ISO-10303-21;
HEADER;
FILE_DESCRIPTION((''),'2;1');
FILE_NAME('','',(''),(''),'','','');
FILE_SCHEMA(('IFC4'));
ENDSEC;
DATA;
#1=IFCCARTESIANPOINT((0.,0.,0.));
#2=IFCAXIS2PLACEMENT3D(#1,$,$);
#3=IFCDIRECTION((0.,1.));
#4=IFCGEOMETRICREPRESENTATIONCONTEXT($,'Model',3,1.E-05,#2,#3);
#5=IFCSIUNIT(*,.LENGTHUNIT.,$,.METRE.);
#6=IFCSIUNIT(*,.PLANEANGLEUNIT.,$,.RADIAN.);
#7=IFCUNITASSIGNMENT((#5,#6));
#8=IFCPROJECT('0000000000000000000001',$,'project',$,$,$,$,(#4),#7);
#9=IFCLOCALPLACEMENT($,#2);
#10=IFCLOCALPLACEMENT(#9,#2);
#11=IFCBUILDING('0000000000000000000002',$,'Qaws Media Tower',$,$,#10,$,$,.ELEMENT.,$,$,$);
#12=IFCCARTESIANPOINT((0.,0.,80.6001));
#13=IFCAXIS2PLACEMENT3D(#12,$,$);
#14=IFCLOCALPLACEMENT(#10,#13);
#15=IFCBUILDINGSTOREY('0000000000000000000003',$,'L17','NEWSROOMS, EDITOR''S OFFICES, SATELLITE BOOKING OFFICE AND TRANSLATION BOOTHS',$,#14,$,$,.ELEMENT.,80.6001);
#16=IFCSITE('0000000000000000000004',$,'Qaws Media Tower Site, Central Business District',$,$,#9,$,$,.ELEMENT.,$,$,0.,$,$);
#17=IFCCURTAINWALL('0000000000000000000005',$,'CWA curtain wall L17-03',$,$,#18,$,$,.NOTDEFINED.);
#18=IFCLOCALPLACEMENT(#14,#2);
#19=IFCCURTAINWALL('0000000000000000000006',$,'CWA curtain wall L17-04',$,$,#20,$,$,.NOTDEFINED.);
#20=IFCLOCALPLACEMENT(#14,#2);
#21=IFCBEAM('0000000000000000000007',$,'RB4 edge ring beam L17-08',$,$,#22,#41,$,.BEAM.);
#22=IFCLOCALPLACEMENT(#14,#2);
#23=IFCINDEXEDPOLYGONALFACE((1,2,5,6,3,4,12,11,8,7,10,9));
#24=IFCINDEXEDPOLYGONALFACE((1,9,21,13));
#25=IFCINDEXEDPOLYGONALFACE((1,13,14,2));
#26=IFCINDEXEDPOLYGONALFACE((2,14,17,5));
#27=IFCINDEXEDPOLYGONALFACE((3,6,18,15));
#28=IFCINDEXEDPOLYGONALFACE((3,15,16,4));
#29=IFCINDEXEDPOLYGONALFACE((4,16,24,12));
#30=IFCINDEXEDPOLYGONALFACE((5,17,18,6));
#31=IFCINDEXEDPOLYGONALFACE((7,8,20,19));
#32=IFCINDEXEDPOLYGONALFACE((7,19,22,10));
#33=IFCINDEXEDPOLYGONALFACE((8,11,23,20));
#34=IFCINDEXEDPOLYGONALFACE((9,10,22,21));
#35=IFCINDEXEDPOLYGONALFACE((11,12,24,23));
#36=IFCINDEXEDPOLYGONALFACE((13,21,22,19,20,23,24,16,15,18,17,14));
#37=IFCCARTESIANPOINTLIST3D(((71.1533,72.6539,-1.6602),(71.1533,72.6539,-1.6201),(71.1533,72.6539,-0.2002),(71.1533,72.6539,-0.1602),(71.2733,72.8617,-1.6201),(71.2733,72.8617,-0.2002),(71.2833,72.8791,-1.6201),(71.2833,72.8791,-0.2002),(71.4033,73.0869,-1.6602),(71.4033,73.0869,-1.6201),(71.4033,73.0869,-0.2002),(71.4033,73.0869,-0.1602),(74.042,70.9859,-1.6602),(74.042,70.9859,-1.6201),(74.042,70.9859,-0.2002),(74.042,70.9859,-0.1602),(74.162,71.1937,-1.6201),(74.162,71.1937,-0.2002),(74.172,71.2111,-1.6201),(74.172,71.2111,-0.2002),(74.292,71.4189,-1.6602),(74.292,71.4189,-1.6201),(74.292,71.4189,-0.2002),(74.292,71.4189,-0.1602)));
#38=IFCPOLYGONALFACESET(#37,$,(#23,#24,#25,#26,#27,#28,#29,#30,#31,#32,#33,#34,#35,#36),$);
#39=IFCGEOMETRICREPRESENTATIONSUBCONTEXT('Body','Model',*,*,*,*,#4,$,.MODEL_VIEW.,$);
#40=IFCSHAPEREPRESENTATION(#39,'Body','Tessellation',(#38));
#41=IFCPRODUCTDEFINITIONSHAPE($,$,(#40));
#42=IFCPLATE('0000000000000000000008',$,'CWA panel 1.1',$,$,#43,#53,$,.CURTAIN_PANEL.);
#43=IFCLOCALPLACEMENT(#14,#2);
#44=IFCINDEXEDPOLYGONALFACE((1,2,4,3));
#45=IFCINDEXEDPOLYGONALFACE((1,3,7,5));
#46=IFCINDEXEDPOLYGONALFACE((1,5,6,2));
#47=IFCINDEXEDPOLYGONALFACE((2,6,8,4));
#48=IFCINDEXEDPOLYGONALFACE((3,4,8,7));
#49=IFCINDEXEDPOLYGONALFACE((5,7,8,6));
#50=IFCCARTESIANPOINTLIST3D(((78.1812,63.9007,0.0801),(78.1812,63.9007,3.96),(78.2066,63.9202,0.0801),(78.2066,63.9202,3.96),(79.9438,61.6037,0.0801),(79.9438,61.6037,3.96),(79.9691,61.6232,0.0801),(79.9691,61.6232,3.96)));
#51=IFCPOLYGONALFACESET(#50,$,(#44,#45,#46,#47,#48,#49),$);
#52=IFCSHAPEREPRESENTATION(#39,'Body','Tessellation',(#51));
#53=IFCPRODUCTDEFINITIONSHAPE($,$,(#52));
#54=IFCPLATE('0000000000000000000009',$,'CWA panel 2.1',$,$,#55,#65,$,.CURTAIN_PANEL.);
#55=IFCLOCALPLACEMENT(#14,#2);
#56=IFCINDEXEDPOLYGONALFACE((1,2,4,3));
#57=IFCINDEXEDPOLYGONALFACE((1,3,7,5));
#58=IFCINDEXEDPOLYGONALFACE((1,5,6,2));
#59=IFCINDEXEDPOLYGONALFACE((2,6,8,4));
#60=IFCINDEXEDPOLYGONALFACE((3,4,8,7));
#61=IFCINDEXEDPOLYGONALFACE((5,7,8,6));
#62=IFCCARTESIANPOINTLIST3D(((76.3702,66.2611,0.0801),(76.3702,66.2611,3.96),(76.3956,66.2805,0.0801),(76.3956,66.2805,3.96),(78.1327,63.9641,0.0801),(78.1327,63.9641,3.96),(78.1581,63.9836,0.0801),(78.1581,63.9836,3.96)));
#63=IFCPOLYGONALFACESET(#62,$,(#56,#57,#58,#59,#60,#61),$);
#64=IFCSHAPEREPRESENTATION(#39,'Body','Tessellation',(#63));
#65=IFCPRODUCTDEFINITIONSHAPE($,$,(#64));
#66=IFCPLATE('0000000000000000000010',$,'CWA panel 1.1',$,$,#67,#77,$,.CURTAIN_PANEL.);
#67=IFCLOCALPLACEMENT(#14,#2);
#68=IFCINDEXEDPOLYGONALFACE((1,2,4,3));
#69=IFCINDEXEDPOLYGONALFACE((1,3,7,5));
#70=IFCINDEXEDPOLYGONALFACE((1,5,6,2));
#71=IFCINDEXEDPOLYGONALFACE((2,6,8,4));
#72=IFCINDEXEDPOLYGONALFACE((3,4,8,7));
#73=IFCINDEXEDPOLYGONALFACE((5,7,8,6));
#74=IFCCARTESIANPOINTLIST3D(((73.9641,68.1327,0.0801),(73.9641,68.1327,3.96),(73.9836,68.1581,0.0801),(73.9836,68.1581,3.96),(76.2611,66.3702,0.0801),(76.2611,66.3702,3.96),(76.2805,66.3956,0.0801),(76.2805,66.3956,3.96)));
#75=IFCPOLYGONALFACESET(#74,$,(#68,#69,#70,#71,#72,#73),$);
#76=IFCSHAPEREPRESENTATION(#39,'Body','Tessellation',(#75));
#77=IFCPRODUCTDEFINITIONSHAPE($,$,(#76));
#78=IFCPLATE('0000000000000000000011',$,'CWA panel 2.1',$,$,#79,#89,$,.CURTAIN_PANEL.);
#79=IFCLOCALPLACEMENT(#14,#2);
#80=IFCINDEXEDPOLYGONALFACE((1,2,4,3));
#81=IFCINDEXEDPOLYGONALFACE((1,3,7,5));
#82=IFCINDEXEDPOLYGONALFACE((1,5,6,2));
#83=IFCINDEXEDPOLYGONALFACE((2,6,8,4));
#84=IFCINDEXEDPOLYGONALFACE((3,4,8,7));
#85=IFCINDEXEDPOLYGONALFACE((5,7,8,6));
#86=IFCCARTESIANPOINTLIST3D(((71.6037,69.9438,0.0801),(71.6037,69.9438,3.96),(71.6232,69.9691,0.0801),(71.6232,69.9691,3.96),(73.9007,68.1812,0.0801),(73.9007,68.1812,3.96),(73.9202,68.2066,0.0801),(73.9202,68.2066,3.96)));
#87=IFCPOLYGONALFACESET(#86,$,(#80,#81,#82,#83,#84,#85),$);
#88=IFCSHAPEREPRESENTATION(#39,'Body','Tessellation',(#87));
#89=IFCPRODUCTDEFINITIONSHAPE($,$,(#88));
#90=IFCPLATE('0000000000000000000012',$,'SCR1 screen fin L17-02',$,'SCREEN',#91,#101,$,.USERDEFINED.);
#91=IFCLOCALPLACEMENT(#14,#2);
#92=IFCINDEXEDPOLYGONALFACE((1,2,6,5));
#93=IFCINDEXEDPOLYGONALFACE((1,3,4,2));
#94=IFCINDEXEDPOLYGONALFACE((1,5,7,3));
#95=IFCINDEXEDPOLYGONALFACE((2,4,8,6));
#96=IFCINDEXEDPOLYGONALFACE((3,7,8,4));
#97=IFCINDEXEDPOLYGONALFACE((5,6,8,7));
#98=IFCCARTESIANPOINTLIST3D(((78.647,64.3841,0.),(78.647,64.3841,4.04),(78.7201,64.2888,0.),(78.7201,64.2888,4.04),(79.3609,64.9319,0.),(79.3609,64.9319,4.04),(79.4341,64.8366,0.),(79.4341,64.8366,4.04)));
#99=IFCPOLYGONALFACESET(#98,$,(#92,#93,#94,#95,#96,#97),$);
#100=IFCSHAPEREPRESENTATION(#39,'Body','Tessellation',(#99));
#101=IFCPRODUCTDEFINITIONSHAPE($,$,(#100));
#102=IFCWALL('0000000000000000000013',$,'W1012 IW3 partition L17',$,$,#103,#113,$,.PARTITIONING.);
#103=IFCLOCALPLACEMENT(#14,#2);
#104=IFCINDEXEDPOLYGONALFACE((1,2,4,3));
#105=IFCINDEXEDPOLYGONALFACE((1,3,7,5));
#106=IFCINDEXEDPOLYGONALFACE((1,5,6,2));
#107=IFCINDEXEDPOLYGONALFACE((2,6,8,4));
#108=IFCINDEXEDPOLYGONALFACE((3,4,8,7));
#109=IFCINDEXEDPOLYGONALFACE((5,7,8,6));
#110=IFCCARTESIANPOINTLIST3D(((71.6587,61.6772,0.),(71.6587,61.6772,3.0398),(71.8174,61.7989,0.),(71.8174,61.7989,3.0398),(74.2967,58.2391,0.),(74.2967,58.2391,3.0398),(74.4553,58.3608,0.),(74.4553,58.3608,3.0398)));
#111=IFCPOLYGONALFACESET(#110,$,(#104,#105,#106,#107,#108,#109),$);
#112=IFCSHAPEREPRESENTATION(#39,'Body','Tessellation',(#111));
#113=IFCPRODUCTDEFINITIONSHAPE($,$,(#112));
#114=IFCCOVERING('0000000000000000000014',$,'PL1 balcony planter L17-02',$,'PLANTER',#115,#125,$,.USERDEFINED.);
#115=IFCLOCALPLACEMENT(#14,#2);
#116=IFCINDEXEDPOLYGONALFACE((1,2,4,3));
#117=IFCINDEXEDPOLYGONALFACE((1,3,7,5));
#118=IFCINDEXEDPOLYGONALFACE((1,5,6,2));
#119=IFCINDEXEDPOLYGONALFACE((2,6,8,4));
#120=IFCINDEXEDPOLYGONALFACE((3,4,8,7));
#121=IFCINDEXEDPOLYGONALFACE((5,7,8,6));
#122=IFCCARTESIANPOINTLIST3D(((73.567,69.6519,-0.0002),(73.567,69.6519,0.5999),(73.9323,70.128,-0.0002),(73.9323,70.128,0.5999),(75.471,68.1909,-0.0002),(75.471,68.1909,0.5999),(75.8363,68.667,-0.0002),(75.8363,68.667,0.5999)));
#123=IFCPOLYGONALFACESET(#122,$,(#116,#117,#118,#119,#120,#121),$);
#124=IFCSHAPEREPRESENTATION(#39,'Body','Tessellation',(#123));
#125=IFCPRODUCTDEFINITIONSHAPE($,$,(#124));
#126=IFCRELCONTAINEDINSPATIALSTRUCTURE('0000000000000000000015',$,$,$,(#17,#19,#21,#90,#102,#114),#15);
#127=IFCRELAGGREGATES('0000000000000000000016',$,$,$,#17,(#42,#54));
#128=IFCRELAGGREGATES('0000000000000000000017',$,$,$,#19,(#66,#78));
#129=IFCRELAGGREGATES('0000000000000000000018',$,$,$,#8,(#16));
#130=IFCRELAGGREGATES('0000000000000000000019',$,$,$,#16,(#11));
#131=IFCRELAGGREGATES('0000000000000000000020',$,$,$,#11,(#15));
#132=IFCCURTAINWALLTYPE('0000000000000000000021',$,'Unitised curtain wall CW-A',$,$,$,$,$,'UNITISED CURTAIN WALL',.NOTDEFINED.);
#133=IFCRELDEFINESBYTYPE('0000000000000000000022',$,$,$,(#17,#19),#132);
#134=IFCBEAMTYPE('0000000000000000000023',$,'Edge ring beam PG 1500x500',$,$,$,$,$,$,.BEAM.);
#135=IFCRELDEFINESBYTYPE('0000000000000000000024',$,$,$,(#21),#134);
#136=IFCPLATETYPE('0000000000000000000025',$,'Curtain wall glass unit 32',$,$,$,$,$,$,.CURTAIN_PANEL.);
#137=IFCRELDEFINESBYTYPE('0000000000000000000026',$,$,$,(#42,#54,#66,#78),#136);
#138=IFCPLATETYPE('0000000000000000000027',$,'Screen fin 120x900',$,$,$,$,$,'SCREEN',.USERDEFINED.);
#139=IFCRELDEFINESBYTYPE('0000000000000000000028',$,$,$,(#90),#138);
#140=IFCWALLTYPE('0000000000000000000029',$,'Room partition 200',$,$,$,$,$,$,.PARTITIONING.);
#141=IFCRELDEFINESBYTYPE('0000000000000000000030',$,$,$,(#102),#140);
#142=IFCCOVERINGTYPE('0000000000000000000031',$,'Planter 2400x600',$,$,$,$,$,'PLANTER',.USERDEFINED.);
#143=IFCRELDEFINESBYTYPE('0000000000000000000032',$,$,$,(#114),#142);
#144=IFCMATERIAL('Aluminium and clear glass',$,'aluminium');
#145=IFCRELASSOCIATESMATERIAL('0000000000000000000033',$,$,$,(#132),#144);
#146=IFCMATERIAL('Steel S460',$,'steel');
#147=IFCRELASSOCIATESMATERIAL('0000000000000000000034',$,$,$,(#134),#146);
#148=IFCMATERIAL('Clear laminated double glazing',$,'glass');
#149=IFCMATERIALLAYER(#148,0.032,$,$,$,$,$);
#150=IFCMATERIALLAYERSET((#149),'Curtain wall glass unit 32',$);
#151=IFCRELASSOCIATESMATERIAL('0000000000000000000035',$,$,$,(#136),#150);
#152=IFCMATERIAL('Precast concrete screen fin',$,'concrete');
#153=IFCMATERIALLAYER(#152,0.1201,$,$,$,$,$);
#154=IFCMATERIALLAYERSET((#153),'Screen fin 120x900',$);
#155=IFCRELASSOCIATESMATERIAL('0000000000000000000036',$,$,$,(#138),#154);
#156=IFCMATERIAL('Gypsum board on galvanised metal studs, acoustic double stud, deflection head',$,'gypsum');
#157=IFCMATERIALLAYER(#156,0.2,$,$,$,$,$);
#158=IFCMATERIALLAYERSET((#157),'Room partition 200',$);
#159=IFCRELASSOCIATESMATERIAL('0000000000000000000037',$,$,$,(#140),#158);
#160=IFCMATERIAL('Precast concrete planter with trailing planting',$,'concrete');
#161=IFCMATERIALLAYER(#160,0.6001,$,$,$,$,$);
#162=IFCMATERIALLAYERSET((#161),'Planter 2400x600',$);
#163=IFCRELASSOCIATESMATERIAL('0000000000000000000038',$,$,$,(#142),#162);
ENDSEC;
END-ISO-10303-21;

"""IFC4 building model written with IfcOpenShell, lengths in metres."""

from ifc_helpers import new_model, si_unit, direction, frame, frame_2d, origin, origin_2d, place, context, subcontext, project, spatial, rectangle, i_section, extrude, material, layer, layer_set, material_profile, profile_set, type_object, element, aggregate, save


model = new_model("IFC4")

# Units and contexts
model_context = context("Model", 3, precision=1e-05, world=origin(), true_north=direction((0.0, 1.0)))
body_context = subcontext(model_context, "Body", "Model", "MODEL_VIEW")
ifc_project = project(units=[si_unit("LENGTHUNIT", "METRE"), si_unit("PLANEANGLEUNIT", "RADIAN")], contexts=[model_context])

# Site, building, storey
site_placement = place(None, origin())
site = spatial("IfcSite", under=ifc_project, at=site_placement, Name="Qaws Media Tower Site, Central Business District", CompositionType="ELEMENT", RefElevation=0.0)
building_placement = place(site_placement, origin())
building = spatial("IfcBuilding", under=site, at=building_placement, Name="Qaws Media Tower", CompositionType="ELEMENT")
storey_placement = place(building_placement, frame((0.0, 0.0, 80.6001)))
storey = spatial("IfcBuildingStorey", under=building, at=storey_placement, Name="L17", Description="NEWSROOMS, EDITOR'S OFFICES, SATELLITE BOOKING OFFICE AND TRANSLATION BOOTHS", CompositionType="ELEMENT", Elevation=80.6001)

# Shared definitions
ifc_material_1 = material(Name="Aluminium and clear glass", Category="aluminium")
curtain_wall_type = type_object("IfcCurtainWallType", Name="Unitised curtain wall CW-A", ElementType="UNITISED CURTAIN WALL", PredefinedType="NOTDEFINED", material=ifc_material_1)

# Curtain walls
curtain_wall_1_placement = place(storey_placement, origin())
curtain_wall_1 = element("IfcCurtainWall", 1, at=curtain_wall_1_placement, inside=storey, type_object=curtain_wall_type, Name="CWA curtain wall L17-03", PredefinedType="NOTDEFINED")
curtain_wall_2_placement = place(storey_placement, origin())
curtain_wall_2 = element("IfcCurtainWall", 2, at=curtain_wall_2_placement, inside=storey, type_object=curtain_wall_type, Name="CWA curtain wall L17-04", PredefinedType="NOTDEFINED")

# Beam
ifc_material_2 = material(Name="Steel S460", Category="steel")
ifc_material_profile_1 = material_profile(ifc_material_2, i_section(OverallWidth=0.5, OverallDepth=1.5, WebThickness=0.02, FlangeThickness=0.04, at=origin_2d()), Name="PG 1500x500")
ifc_profile_set_1 = profile_set([ifc_material_profile_1], Name="Steel S460")
beam_type = type_object("IfcBeamType", Name="Edge ring beam PG 1500x500", PredefinedType="BEAM", material=ifc_profile_set_1)
beam_1_placement = place(storey_placement, frame((74.167, 71.2024, -0.9102), z_axis=(-0.866, 0.500043, 0.0), x_axis=(-0.500043, -0.866, 0.0)))
element("IfcBeam", 3, at=beam_1_placement, inside=storey, type_object=beam_type, Name="RB4 edge ring beam L17-08", PredefinedType="BEAM", context=body_context, shape_type="SweptSolid", body=[
    extrude(i_section(OverallWidth=0.5, OverallDepth=1.5, WebThickness=0.02, FlangeThickness=0.04, at=origin_2d()), origin(), (0.0, 0.0, 1.0), 3.3357),
])

# Plates
ifc_material_3 = material(Name="Clear laminated double glazing", Category="glass")
ifc_layer_1 = layer(ifc_material_3, 0.032)
ifc_layer_set_1 = layer_set([ifc_layer_1], Name="Curtain wall glass unit 32")
plate_type_1 = type_object("IfcPlateType", Name="Curtain wall glass unit 32", PredefinedType="CURTAIN_PANEL", material=ifc_layer_set_1)
plate_1_placement = place(storey_placement, frame((79.0752, 62.762, 0.0801), z_axis=(0.0, 0.0, 1.0), x_axis=(-0.608761, 0.793353, 0.0)))
plate_1 = element("IfcPlate", 4, at=plate_1_placement, type_object=plate_type_1, Name="CWA panel 1.1", PredefinedType="CURTAIN_PANEL", context=body_context, shape_type="SweptSolid", body=[
    extrude(rectangle(XDim=2.8953, YDim=0.032, at=origin_2d()), origin(), (0.0, 0.0, 1.0), 3.8799),
])
plate_2_placement = place(storey_placement, frame((77.2642, 65.1223, 0.0801), z_axis=(0.0, 0.0, 1.0), x_axis=(-0.608761, 0.793353, 0.0)))
plate_2 = element("IfcPlate", 5, at=plate_2_placement, type_object=plate_type_1, Name="CWA panel 2.1", PredefinedType="CURTAIN_PANEL", context=body_context, shape_type="SweptSolid", body=[
    extrude(rectangle(XDim=2.8953, YDim=0.032, at=origin_2d()), origin(), (0.0, 0.0, 1.0), 3.8799),
])
aggregate(curtain_wall_1, [plate_1, plate_2])
plate_3_placement = place(storey_placement, frame((75.1223, 67.2642, 0.0801), z_axis=(0.0, 0.0, 1.0), x_axis=(-0.793353, 0.608761, 0.0)))
plate_3 = element("IfcPlate", 6, at=plate_3_placement, type_object=plate_type_1, Name="CWA panel 1.1", PredefinedType="CURTAIN_PANEL", context=body_context, shape_type="SweptSolid", body=[
    extrude(rectangle(XDim=2.8953, YDim=0.032, at=origin_2d()), origin(), (0.0, 0.0, 1.0), 3.8799),
])
plate_4_placement = place(storey_placement, frame((72.762, 69.0752, 0.0801), z_axis=(0.0, 0.0, 1.0), x_axis=(-0.793353, 0.608761, 0.0)))
plate_4 = element("IfcPlate", 7, at=plate_4_placement, type_object=plate_type_1, Name="CWA panel 2.1", PredefinedType="CURTAIN_PANEL", context=body_context, shape_type="SweptSolid", body=[
    extrude(rectangle(XDim=2.8953, YDim=0.032, at=origin_2d()), origin(), (0.0, 0.0, 1.0), 3.8799),
])
aggregate(curtain_wall_2, [plate_3, plate_4])
ifc_material_4 = material(Name="Precast concrete screen fin", Category="concrete")
ifc_layer_2 = layer(ifc_material_4, 0.1201)
ifc_layer_set_2 = layer_set([ifc_layer_2], Name="Screen fin 120x900")
plate_type_2 = type_object("IfcPlateType", Name="Screen fin 120x900", ElementType="SCREEN", PredefinedType="USERDEFINED", material=ifc_layer_set_2)
plate_5_placement = place(storey_placement, frame((79.0405, 64.6104, 0.0), z_axis=(0.0, 0.0, 1.0), x_axis=(0.793353, 0.608761, 0.0)))
element("IfcPlate", 8, at=plate_5_placement, inside=storey, type_object=plate_type_2, Name="SCR1 screen fin L17-02", ObjectType="SCREEN", PredefinedType="USERDEFINED", context=body_context, shape_type="SweptSolid", body=[
    extrude(rectangle(XDim=0.8999, YDim=0.1201, at=origin_2d()), origin(), (0.0, 0.0, 1.0), 4.04),
])

# Wall
ifc_material_5 = material(Name="Gypsum board on galvanised metal studs, acoustic double stud, deflection head", Category="gypsum")
ifc_layer_3 = layer(ifc_material_5, 0.2)
ifc_layer_set_3 = layer_set([ifc_layer_3], Name="Room partition 200")
wall_type = type_object("IfcWallType", Name="Room partition 200", PredefinedType="PARTITIONING", material=ifc_layer_set_3)
wall_placement = place(storey_placement, frame((71.738, 61.738, 0.0), z_axis=(0.0, 0.0, 1.0), x_axis=(0.608744, -0.793367, 0.0)))
element("IfcWall", 9, at=wall_placement, inside=storey, type_object=wall_type, Name="W1012 IW3 partition L17", PredefinedType="PARTITIONING", context=body_context, shape_type="SweptSolid", body=[
    extrude(rectangle(XDim=4.3335, YDim=0.2, at=frame_2d((2.1667, 0.0))), origin(), (0.0, 0.0, 1.0), 3.0398),
])

# Covering
ifc_material_6 = material(Name="Precast concrete planter with trailing planting", Category="concrete")
ifc_layer_4 = layer(ifc_material_6, 0.6001)
ifc_layer_set_4 = layer_set([ifc_layer_4], Name="Planter 2400x600")
covering_type = type_object("IfcCoveringType", Name="Planter 2400x600", ElementType="PLANTER", PredefinedType="USERDEFINED", material=ifc_layer_set_4)
covering_placement = place(storey_placement, frame((74.7017, 69.1594, -0.0002), z_axis=(0.0, 0.0, 1.0), x_axis=(-0.793353, 0.608761, 0.0)))
element("IfcCovering", 10, at=covering_placement, inside=storey, type_object=covering_type, Name="PL1 balcony planter L17-02", ObjectType="PLANTER", PredefinedType="USERDEFINED", context=body_context, shape_type="SweptSolid", body=[
    extrude(rectangle(XDim=2.3999, YDim=0.6001, at=origin_2d()), origin(), (0.0, 0.0, 1.0), 0.6001),
])

save(model, "model.ifc")
